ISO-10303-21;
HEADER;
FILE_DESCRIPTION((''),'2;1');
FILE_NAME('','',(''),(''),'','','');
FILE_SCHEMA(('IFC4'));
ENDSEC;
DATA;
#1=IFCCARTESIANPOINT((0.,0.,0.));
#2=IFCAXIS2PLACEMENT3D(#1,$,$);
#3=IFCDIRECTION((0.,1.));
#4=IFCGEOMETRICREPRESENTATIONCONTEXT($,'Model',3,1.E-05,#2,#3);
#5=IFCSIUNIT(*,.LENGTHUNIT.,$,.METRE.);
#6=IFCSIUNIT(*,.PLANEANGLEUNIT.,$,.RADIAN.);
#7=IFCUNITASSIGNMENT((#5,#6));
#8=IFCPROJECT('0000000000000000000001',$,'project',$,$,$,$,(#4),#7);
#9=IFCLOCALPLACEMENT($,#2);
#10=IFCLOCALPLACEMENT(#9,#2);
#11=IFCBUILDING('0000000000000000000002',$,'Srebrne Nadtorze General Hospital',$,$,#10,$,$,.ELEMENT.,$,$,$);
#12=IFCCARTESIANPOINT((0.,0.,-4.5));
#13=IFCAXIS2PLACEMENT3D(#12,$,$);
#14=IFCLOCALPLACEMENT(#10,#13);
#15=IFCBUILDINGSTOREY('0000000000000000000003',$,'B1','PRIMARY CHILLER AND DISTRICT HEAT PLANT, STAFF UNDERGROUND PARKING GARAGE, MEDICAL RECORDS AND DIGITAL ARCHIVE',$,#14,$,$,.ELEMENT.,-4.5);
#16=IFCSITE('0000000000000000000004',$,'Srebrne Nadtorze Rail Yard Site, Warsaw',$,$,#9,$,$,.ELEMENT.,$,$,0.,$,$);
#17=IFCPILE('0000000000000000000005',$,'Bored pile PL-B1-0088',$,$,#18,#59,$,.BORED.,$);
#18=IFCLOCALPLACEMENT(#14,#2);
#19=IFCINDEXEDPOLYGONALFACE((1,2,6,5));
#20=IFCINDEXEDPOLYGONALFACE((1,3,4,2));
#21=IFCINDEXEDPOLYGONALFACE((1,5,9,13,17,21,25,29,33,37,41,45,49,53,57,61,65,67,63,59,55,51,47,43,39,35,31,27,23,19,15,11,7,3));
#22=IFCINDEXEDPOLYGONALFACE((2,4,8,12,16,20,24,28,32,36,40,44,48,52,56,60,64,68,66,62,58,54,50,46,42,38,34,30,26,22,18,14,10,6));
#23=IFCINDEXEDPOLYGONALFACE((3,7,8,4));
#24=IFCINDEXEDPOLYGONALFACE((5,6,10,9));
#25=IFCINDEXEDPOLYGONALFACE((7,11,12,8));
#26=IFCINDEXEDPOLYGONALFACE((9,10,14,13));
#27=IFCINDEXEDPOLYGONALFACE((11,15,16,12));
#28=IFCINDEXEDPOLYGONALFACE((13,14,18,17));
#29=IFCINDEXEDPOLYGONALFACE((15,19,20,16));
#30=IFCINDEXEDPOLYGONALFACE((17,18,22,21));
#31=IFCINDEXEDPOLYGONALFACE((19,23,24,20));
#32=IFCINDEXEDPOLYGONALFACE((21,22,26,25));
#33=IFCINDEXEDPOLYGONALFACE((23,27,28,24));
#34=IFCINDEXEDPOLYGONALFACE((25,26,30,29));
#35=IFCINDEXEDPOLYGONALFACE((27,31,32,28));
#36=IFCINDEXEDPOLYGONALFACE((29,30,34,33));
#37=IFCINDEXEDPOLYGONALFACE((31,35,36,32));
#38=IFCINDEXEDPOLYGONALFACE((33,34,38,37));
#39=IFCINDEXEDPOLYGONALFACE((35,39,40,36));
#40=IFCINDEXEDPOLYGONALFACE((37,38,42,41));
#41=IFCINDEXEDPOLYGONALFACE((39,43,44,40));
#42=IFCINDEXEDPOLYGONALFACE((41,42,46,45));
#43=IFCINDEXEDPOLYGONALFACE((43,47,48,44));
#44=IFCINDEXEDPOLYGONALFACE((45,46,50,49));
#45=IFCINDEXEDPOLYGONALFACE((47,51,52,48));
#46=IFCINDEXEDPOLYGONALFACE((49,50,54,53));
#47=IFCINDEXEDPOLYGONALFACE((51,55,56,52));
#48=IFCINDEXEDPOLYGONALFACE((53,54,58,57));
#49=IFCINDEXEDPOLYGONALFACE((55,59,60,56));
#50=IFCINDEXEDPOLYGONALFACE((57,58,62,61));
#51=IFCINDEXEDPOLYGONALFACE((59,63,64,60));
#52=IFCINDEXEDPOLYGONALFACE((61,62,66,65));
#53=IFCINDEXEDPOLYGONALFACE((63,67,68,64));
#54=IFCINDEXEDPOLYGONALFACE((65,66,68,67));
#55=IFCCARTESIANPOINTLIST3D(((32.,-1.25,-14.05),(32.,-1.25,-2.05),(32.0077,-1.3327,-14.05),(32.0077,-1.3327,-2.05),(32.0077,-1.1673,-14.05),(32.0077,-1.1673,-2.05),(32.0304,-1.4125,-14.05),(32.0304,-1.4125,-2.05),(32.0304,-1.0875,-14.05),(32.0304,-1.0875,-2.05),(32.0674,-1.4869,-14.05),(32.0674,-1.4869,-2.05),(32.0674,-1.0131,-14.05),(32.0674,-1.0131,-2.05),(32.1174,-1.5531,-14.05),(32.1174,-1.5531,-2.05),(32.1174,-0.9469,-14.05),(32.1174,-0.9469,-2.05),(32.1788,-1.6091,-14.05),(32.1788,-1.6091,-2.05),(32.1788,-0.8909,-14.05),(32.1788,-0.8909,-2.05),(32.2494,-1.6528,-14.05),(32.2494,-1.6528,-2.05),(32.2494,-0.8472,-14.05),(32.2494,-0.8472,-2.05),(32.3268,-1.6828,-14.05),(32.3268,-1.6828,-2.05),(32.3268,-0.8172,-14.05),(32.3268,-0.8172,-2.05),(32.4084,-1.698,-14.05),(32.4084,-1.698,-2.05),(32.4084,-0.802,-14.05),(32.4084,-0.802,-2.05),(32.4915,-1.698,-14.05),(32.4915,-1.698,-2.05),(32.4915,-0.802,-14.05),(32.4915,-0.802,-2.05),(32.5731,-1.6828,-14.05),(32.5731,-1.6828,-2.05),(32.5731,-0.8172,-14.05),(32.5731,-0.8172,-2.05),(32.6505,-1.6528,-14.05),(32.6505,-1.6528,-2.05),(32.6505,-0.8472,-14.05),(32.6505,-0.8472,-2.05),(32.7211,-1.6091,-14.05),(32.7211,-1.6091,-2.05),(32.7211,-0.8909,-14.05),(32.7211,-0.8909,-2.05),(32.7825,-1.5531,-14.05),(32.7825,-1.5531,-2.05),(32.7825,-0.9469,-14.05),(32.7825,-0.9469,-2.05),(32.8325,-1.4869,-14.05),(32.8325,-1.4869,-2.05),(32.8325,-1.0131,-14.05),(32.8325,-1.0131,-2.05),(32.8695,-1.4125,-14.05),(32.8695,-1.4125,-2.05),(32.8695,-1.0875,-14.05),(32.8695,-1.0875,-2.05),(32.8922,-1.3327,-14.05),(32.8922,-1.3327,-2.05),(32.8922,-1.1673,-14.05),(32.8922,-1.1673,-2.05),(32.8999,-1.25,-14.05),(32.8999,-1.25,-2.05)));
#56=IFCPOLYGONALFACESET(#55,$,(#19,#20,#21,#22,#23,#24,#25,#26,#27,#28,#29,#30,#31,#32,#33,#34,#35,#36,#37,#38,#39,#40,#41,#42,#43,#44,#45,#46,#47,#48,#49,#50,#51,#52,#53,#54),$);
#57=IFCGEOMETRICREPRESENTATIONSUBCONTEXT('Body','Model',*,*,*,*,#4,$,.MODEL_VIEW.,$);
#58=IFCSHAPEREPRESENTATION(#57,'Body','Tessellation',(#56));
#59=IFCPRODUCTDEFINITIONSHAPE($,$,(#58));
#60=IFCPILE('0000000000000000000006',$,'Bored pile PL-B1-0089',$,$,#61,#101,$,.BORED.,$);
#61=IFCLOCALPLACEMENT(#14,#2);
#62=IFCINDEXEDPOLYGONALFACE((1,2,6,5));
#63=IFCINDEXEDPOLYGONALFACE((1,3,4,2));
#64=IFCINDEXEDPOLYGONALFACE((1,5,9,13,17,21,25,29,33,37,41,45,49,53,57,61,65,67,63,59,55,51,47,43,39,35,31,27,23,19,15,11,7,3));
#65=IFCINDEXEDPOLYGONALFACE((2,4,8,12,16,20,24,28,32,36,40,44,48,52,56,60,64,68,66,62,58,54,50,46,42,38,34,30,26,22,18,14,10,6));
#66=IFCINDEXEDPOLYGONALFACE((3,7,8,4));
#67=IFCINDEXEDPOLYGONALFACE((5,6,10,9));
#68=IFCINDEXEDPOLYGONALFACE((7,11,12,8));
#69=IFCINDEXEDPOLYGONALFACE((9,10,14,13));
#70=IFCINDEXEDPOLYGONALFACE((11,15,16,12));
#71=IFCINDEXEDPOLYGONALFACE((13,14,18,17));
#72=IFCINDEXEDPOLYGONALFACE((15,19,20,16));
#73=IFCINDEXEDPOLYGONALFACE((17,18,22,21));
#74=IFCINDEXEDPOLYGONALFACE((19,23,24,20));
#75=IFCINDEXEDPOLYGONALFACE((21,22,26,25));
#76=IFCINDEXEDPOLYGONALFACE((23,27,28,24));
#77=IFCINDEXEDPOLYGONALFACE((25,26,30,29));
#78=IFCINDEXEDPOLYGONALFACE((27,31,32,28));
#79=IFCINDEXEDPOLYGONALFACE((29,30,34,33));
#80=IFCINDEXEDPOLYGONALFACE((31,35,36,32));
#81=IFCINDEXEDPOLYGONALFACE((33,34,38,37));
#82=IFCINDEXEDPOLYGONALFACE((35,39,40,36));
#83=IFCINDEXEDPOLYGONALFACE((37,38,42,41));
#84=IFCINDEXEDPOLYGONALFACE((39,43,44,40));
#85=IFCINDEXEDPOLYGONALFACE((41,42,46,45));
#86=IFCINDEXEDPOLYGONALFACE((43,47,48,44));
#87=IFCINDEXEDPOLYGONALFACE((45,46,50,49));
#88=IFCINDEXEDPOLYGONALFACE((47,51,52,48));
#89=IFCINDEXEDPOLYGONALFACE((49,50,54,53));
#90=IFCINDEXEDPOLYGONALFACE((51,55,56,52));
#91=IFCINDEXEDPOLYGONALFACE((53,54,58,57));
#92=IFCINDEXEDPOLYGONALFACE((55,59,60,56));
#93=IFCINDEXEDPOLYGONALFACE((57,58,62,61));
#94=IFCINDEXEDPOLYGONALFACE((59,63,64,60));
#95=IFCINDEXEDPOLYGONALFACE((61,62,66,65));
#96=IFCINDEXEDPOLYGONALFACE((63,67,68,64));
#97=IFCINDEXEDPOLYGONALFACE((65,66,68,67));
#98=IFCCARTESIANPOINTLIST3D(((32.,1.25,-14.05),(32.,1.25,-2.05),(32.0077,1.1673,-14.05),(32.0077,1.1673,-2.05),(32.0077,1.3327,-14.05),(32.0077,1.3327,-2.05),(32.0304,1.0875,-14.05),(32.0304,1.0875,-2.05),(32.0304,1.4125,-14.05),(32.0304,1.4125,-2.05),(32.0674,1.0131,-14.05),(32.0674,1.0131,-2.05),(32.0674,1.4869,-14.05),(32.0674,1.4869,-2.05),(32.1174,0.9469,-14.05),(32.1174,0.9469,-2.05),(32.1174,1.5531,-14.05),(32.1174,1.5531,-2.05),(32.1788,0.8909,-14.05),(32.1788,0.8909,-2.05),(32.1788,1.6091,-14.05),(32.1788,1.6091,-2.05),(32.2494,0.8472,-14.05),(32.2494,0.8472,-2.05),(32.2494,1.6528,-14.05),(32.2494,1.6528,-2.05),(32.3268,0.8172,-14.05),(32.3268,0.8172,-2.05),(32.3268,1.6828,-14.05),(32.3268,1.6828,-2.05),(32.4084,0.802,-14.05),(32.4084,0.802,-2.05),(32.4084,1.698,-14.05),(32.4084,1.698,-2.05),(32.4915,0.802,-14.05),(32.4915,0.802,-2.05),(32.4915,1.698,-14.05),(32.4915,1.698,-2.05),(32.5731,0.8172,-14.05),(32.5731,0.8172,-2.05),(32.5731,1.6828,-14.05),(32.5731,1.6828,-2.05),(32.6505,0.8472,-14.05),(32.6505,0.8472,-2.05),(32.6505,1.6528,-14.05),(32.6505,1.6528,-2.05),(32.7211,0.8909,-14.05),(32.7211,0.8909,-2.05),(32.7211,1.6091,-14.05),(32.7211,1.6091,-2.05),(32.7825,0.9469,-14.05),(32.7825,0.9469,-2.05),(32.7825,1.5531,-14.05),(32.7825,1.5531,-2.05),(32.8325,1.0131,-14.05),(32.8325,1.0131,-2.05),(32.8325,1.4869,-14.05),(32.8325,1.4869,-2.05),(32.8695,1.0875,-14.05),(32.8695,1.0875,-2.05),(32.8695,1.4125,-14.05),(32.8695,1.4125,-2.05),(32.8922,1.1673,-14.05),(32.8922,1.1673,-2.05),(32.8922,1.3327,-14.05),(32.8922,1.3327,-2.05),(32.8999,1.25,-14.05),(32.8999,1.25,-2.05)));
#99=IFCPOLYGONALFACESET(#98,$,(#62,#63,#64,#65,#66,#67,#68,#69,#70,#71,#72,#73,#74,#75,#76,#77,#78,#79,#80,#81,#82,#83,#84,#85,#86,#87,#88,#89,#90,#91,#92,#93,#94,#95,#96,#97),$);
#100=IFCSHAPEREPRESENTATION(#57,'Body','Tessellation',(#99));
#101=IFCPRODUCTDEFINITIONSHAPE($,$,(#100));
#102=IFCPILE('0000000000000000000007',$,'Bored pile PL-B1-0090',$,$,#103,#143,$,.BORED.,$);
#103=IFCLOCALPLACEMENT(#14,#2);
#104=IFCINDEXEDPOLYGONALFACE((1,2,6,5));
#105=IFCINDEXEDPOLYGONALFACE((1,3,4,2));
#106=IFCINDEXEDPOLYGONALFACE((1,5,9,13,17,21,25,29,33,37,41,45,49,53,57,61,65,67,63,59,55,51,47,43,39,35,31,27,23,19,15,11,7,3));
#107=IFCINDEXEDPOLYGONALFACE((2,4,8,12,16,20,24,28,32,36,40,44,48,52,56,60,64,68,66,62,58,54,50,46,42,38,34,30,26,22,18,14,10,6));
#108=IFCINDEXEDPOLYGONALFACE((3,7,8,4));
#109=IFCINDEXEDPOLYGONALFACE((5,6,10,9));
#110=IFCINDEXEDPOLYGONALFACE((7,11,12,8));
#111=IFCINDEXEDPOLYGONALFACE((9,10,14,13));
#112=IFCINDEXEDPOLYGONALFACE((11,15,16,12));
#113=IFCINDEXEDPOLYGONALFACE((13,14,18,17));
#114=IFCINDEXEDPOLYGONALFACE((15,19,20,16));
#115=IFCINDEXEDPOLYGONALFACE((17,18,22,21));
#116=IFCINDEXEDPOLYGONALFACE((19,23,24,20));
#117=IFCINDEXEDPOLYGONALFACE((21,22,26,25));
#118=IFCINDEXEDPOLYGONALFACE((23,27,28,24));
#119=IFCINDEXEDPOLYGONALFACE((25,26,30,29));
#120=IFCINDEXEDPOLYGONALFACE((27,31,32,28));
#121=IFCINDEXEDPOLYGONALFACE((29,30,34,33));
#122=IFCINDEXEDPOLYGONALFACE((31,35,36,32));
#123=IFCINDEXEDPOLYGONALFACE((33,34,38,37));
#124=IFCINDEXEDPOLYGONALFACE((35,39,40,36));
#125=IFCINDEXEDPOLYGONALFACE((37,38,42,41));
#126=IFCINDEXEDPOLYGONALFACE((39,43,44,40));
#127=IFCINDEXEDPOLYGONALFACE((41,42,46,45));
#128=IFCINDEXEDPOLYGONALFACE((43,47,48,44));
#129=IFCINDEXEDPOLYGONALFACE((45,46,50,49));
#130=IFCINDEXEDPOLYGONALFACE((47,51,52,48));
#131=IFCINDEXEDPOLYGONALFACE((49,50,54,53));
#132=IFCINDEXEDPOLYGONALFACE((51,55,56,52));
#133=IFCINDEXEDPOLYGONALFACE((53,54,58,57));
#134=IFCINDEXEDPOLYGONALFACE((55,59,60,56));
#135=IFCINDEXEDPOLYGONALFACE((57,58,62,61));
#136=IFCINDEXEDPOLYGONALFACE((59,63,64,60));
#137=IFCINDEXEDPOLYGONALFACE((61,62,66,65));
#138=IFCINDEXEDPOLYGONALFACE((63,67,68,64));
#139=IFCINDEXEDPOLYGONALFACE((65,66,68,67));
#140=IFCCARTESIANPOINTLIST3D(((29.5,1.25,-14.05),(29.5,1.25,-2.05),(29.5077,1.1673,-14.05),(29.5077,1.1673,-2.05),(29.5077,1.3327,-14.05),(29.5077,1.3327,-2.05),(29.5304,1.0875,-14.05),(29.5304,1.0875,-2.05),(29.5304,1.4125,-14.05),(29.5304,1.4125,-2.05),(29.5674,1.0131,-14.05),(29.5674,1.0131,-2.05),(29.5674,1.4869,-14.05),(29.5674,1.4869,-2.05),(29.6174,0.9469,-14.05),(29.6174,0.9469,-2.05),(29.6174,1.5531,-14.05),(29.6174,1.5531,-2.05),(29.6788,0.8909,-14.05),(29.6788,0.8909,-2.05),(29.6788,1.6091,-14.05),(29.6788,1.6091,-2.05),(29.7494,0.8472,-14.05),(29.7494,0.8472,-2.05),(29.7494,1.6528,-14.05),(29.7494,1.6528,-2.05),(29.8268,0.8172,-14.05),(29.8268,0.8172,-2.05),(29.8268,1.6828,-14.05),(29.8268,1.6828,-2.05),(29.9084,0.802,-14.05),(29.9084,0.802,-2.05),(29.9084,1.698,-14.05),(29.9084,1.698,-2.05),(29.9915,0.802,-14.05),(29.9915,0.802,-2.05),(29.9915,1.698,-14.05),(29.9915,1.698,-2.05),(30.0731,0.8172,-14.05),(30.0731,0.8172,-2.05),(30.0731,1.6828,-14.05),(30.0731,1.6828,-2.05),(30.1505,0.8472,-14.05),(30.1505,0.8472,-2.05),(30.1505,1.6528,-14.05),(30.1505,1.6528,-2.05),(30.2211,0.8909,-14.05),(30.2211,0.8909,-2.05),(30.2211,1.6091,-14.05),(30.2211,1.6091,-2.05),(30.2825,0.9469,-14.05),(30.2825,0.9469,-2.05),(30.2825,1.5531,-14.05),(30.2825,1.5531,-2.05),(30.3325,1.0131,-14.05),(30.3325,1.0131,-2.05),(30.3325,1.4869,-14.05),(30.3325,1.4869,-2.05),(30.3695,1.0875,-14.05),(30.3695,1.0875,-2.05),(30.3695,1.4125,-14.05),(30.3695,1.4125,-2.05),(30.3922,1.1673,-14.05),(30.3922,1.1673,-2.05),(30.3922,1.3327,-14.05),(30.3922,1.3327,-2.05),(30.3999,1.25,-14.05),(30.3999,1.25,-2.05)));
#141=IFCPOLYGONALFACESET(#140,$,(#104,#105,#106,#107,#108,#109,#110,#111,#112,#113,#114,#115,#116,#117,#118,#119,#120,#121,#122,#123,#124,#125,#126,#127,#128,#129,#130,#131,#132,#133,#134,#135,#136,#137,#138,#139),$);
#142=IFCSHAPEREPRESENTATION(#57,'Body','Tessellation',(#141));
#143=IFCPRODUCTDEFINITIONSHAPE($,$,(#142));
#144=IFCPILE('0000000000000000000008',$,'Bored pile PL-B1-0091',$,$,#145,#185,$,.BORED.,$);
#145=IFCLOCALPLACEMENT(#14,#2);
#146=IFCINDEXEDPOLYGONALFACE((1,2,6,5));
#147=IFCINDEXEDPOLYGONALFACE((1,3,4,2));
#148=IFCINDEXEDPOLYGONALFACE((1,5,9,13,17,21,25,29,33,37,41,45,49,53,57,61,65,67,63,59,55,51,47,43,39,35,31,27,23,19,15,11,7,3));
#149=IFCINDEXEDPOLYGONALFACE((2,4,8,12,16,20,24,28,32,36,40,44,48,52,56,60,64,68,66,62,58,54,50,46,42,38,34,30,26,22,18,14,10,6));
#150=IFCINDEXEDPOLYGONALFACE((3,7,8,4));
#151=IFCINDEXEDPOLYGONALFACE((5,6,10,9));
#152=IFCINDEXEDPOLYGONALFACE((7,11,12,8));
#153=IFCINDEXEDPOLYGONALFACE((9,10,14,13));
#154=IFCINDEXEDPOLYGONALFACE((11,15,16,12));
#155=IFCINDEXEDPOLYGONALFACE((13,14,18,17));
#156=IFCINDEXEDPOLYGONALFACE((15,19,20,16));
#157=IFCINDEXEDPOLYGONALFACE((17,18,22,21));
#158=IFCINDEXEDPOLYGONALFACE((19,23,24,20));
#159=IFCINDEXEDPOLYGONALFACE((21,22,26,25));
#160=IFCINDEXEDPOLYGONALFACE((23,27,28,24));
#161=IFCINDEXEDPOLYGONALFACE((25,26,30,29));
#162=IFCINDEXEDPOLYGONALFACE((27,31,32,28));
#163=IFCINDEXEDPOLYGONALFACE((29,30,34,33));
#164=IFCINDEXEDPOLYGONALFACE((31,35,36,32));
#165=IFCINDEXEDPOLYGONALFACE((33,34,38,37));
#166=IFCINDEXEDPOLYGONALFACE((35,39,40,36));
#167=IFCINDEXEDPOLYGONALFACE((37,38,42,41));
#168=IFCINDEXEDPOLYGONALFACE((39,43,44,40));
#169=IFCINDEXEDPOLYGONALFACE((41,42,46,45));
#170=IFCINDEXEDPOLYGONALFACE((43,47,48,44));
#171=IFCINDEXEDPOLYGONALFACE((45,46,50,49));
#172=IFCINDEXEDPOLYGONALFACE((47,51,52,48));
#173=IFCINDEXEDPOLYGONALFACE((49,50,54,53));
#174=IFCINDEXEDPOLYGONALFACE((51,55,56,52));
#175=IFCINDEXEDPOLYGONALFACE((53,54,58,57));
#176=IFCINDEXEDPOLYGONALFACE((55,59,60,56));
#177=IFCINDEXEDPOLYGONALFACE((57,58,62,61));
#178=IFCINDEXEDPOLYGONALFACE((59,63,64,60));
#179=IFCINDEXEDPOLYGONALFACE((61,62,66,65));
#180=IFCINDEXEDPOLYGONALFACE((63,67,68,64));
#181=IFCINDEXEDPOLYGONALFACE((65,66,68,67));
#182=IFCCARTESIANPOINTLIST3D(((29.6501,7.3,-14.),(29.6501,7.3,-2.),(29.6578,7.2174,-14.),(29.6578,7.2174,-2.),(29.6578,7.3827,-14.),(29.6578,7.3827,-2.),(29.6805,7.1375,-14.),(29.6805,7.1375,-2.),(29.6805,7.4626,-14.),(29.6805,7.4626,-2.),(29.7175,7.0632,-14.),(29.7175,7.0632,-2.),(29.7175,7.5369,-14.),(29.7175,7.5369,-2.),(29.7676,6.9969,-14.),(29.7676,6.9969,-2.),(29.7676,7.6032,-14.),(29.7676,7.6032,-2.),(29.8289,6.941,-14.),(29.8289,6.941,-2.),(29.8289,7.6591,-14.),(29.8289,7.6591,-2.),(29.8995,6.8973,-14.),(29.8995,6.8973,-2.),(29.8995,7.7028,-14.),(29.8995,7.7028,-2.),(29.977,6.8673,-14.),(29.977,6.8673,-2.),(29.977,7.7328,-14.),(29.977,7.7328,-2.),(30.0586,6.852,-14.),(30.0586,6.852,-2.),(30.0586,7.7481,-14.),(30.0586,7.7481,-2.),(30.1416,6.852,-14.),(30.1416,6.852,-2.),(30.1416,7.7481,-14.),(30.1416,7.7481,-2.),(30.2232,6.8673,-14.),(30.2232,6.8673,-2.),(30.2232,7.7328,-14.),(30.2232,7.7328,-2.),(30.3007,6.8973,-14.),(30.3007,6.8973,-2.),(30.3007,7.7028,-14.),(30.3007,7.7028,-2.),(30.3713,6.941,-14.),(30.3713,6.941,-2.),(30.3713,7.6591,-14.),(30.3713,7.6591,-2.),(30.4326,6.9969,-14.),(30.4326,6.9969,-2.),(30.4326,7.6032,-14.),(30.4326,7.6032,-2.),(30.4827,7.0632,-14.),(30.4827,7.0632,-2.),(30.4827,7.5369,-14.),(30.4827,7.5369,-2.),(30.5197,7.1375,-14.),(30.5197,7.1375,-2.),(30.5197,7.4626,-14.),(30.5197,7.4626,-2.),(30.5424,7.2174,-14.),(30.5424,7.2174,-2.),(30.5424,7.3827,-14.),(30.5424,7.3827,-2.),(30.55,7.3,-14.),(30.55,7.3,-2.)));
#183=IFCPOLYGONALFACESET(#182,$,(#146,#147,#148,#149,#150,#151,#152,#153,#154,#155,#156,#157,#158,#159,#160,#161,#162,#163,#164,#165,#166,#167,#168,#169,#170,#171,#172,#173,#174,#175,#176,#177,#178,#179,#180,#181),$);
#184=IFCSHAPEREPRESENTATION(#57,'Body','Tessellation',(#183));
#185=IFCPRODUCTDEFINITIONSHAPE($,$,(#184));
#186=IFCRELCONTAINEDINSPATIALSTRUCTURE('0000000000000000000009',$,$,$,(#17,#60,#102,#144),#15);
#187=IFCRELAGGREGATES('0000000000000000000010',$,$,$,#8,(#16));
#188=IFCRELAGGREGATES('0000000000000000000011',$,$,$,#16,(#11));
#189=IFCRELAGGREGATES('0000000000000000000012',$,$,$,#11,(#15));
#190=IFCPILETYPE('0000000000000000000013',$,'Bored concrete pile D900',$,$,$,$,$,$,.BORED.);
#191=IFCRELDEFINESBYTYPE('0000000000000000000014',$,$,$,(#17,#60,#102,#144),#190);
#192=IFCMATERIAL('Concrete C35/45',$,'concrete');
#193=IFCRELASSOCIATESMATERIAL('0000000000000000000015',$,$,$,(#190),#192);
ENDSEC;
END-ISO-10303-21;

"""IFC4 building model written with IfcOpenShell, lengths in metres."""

from ifc_helpers import new_model, si_unit, direction, frame, origin, origin_2d, place, context, subcontext, project, spatial, circle, extrude, material, material_profile, profile_set, type_object, element, save


model = new_model("IFC4")

# Units and contexts
model_context = context("Model", 3, precision=1e-05, world=origin(), true_north=direction((0.0, 1.0)))
body_context = subcontext(model_context, "Body", "Model", "MODEL_VIEW")
ifc_project = project(units=[si_unit("LENGTHUNIT", "METRE"), si_unit("PLANEANGLEUNIT", "RADIAN")], contexts=[model_context])

# Site, building, storey
site_placement = place(None, origin())
site = spatial("IfcSite", under=ifc_project, at=site_placement, Name="Srebrne Nadtorze Rail Yard Site, Warsaw", CompositionType="ELEMENT", RefElevation=0.0)
building_placement = place(site_placement, origin())
building = spatial("IfcBuilding", under=site, at=building_placement, Name="Srebrne Nadtorze General Hospital", CompositionType="ELEMENT")
storey_placement = place(building_placement, frame((0.0, 0.0, -4.5)))
storey = spatial("IfcBuildingStorey", under=building, at=storey_placement, Name="B1", Description="PRIMARY CHILLER AND DISTRICT HEAT PLANT, STAFF UNDERGROUND PARKING GARAGE, MEDICAL RECORDS AND DIGITAL ARCHIVE", CompositionType="ELEMENT", Elevation=-4.5)

# Piles
ifc_material_1 = material(Name="Concrete C35/45", Category="concrete")
ifc_material_profile_1 = material_profile(ifc_material_1, circle(Radius=0.45, at=origin_2d()), Name="PILE-D900")
ifc_profile_set_1 = profile_set([ifc_material_profile_1], Name="Concrete C35/45")
pile_type_1 = type_object("IfcPileType", Name="Bored concrete pile D900", PredefinedType="BORED", material=ifc_profile_set_1)
for number, where, z_axis, x_axis, name in (
    (1, (32.45, -1.25, -2.05), (0.0, 0.0, -1.0), (1.0, 0.0, 0.0), "Bored pile PL-B1-0088"),
    (2, (32.45, 1.25, -2.05), (0.0, 0.0, -1.0), (1.0, 0.0, 0.0), "Bored pile PL-B1-0089"),
    (3, (29.95, 1.25, -2.05), (0.0, 0.0, -1.0), (1.0, 0.0, 0.0), "Bored pile PL-B1-0090"),
    (4, (30.1001, 7.3, -2.0), (0.0, 0.0, -1.0), (1.0, 0.0, 0.0), "Bored pile PL-B1-0091"),
):
    element("IfcPile", number, at=place(storey_placement, frame(where, z_axis=z_axis, x_axis=x_axis)), inside=storey, type_object=pile_type_1, Name=name, PredefinedType="BORED", context=body_context, shape_type="SweptSolid", body=[
        extrude(circle(Radius=0.45, at=origin_2d()), origin(), (0.0, 0.0, 1.0), 12.0),
    ])

save(model, "model.ifc")
